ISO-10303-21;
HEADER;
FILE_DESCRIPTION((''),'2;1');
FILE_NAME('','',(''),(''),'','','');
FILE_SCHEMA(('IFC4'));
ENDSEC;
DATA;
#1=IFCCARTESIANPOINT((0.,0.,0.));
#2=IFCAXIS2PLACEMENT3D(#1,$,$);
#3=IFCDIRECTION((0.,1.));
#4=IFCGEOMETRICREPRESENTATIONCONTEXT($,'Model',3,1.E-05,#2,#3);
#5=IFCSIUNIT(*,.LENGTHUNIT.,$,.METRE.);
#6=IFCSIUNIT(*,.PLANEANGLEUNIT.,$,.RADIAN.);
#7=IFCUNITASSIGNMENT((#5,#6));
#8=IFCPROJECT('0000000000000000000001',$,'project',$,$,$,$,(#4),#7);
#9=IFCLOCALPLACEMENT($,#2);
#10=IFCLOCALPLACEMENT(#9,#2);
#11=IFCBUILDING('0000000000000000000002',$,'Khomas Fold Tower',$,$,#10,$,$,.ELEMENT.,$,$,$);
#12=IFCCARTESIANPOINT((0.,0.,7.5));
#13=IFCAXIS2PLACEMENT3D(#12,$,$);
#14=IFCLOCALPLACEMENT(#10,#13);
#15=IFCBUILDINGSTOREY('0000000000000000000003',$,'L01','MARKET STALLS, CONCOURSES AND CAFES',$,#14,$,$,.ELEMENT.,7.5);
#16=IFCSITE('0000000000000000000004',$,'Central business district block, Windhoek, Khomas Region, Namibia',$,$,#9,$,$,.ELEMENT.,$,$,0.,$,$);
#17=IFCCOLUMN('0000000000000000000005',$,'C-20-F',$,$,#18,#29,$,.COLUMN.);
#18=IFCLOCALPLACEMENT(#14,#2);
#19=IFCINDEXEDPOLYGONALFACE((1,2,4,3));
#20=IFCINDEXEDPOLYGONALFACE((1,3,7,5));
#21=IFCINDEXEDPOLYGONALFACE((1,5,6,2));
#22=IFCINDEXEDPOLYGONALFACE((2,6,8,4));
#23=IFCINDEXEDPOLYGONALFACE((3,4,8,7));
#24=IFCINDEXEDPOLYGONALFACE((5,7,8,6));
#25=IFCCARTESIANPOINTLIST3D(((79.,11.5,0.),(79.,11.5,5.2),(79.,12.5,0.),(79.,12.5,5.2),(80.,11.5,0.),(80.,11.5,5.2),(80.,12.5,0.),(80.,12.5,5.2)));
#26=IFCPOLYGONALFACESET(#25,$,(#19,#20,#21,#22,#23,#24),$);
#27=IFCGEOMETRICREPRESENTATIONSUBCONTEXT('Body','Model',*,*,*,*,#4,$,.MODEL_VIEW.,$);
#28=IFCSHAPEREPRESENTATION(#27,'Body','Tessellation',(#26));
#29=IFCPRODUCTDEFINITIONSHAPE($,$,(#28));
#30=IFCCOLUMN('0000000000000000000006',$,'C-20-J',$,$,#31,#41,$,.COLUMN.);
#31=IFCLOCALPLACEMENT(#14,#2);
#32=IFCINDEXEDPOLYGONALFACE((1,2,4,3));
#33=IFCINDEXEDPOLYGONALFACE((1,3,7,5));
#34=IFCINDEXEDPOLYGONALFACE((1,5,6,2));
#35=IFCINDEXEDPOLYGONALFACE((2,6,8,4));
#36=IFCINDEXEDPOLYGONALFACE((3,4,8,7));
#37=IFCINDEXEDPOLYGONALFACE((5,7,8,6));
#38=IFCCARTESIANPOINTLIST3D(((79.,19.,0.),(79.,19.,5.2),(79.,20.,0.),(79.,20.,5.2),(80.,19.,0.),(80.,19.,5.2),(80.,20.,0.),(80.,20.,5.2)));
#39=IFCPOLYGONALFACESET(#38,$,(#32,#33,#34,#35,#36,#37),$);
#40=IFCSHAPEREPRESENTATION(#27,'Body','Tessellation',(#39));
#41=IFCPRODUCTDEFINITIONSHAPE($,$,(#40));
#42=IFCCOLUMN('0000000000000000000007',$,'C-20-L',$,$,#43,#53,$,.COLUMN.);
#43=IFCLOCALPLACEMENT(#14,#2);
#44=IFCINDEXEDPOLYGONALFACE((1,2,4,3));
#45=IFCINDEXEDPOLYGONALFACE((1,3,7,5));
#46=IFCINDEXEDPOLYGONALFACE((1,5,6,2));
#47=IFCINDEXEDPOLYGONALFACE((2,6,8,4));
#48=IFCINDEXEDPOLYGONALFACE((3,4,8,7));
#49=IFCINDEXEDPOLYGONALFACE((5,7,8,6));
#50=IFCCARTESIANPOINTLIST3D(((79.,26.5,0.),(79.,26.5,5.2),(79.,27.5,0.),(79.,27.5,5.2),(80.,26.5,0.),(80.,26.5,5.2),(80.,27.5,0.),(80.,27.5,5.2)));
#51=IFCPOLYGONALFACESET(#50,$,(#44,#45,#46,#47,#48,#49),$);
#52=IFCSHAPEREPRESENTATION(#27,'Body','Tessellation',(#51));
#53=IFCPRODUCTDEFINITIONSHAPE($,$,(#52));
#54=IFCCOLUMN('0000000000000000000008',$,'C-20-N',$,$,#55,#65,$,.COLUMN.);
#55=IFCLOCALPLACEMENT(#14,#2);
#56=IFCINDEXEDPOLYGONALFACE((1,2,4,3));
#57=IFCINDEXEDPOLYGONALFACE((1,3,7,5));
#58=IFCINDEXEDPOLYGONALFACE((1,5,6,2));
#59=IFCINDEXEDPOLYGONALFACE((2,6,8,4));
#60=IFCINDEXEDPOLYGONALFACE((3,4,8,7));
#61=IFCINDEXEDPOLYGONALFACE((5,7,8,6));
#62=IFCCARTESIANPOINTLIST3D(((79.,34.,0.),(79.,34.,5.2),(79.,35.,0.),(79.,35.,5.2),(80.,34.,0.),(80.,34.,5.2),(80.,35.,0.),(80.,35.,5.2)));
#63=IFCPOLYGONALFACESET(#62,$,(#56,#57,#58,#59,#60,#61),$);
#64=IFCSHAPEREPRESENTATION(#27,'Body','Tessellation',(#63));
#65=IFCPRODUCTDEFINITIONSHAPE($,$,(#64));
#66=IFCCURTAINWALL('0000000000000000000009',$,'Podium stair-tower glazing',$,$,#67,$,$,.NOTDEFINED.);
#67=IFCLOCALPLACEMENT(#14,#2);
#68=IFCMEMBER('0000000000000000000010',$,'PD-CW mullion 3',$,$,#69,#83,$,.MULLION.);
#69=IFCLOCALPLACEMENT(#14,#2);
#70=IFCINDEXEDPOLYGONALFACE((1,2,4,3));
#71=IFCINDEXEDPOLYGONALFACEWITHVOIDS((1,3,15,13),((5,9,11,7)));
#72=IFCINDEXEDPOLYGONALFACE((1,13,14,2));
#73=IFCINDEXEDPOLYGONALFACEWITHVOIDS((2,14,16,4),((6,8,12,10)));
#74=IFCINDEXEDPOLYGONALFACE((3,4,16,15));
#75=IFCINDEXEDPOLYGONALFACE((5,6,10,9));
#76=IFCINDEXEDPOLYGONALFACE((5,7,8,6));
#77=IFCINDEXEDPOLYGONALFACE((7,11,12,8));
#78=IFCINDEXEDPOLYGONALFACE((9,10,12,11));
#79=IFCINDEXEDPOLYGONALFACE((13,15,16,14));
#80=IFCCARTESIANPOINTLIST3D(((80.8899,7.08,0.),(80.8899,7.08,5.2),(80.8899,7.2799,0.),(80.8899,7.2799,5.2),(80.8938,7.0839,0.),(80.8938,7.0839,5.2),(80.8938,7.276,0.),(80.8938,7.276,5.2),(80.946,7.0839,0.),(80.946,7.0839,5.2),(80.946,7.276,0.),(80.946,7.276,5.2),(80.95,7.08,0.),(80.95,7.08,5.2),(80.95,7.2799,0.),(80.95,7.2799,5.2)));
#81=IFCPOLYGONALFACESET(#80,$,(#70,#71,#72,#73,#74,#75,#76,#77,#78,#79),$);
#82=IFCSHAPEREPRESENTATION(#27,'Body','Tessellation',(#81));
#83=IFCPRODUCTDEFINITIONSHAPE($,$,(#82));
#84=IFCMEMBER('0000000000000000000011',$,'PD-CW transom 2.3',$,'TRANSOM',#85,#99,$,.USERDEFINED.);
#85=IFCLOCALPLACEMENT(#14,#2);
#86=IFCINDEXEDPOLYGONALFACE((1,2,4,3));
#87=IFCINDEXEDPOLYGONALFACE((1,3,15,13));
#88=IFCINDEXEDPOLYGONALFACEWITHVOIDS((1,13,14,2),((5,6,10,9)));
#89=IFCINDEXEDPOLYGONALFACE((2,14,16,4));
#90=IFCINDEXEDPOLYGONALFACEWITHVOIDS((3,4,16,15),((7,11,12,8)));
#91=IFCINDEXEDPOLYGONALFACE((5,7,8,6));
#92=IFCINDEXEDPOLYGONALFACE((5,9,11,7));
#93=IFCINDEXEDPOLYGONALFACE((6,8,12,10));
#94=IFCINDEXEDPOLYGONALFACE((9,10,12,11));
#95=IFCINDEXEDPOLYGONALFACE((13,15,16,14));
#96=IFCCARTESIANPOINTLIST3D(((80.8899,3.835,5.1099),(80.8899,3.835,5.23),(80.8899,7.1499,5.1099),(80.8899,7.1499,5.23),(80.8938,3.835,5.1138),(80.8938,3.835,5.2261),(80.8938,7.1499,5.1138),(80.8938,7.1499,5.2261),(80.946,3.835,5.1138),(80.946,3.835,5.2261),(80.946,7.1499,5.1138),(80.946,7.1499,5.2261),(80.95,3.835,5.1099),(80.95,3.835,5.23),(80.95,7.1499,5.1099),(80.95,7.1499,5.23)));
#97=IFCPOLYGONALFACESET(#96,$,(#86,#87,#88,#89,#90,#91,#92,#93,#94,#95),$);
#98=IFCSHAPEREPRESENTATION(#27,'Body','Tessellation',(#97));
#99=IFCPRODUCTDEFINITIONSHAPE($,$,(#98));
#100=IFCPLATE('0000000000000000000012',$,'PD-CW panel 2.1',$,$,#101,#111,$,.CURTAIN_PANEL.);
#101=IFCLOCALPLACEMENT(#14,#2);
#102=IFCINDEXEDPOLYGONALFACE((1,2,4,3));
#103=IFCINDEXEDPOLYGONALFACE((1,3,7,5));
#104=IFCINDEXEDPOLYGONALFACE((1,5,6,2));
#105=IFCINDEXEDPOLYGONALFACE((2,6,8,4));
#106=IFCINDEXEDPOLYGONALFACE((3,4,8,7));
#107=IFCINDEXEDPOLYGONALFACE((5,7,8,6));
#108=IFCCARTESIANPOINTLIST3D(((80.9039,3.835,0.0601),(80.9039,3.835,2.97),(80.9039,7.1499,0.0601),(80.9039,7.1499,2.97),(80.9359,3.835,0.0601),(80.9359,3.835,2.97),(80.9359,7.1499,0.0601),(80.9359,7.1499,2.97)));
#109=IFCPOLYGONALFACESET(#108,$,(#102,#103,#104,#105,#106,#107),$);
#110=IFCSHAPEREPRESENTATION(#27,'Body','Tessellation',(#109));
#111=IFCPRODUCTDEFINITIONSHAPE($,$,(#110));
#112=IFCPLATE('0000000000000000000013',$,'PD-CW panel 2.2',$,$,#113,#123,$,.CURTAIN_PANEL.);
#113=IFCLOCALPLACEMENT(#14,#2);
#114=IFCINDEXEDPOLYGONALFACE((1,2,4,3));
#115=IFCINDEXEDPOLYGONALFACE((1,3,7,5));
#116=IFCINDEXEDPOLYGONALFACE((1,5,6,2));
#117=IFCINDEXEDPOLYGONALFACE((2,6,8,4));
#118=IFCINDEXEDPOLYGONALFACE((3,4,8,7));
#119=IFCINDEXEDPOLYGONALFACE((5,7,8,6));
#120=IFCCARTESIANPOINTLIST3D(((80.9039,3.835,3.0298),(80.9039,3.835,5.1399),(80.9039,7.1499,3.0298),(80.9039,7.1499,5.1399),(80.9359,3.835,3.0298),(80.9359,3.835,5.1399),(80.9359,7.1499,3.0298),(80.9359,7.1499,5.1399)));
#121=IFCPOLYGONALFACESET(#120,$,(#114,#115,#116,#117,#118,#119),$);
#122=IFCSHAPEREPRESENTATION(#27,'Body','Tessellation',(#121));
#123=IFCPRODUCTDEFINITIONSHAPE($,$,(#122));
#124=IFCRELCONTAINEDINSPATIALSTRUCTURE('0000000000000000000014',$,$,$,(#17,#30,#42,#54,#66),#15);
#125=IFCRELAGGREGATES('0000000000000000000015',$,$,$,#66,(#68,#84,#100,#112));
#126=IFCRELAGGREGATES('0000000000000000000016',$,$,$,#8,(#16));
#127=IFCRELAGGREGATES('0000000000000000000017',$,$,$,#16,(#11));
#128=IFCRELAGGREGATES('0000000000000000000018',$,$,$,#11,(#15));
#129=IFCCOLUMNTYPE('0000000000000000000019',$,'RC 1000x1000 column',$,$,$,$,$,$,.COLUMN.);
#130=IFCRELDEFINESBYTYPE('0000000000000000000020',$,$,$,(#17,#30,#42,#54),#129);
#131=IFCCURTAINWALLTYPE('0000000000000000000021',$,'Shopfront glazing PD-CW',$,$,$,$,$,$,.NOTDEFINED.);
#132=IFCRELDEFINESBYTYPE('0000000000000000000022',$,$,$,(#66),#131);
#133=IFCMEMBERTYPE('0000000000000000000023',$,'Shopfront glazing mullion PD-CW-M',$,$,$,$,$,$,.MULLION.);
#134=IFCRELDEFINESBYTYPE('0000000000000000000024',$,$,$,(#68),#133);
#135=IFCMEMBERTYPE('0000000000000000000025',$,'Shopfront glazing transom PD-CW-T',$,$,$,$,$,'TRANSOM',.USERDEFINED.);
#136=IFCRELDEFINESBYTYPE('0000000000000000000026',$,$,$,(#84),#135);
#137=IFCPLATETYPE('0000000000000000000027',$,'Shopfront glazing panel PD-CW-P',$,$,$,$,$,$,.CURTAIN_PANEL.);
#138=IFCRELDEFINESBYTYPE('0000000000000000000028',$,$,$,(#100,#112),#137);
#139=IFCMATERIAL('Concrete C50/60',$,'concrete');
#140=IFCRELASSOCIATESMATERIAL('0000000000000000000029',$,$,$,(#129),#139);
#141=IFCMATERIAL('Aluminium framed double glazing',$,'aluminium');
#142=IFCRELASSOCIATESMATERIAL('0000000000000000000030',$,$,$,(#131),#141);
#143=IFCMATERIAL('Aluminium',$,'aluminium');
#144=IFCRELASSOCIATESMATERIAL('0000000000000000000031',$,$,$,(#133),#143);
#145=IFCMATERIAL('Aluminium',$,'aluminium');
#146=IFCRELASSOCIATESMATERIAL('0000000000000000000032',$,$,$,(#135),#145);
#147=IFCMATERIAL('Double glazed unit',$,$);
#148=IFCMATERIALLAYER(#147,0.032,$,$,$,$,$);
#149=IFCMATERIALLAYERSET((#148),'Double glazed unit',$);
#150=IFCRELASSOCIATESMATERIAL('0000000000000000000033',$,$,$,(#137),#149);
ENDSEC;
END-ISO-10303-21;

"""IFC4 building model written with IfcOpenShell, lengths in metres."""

from ifc_helpers import new_model, si_unit, direction, frame, origin, origin_2d, place, context, subcontext, project, spatial, rectangle, hollow_rectangle, extrude, source, transform, mapped, material, layer, layer_set, material_profile, profile_set, type_object, element, aggregate, save


model = new_model("IFC4")

# Units and contexts
model_context = context("Model", 3, precision=1e-05, world=origin(), true_north=direction((0.0, 1.0)))
body_context = subcontext(model_context, "Body", "Model", "MODEL_VIEW")
ifc_project = project(units=[si_unit("LENGTHUNIT", "METRE"), si_unit("PLANEANGLEUNIT", "RADIAN")], contexts=[model_context])

# Site, building, storey
site_placement = place(None, origin())
site = spatial("IfcSite", under=ifc_project, at=site_placement, Name="Central business district block, Windhoek, Khomas Region, Namibia", CompositionType="ELEMENT", RefElevation=0.0)
building_placement = place(site_placement, origin())
building = spatial("IfcBuilding", under=site, at=building_placement, Name="Khomas Fold Tower", CompositionType="ELEMENT")
storey_placement = place(building_placement, frame((0.0, 0.0, 7.5)))
storey = spatial("IfcBuildingStorey", under=building, at=storey_placement, Name="L01", Description="MARKET STALLS, CONCOURSES AND CAFES", CompositionType="ELEMENT", Elevation=7.5)

# Columns
ifc_material_1 = material(Name="Concrete C50/60", Category="concrete")
ifc_material_profile_1 = material_profile(ifc_material_1, rectangle(XDim=1.0, YDim=1.0, at=origin_2d()), Name="RC 1000x1000")
ifc_profile_set_1 = profile_set([ifc_material_profile_1], Name="Concrete C50/60")
column_type = type_object("IfcColumnType", Name="RC 1000x1000 column", PredefinedType="COLUMN", material=ifc_profile_set_1)
shared_shape_1 = source(origin(), body_context, "Body", "SweptSolid", [
    extrude(rectangle(XDim=1.0, YDim=1.0, at=origin_2d()), origin(), (0.0, 0.0, 1.0), 5.2),
])
for number, where, z_axis, x_axis, name in (
    (1, (79.5, 12.0, 0.0), (0.0, 0.0, 1.0), (1.0, 0.0, 0.0), "C-20-F"),
    (2, (79.5, 19.5, 0.0), (0.0, 0.0, 1.0), (1.0, 0.0, 0.0), "C-20-J"),
    (3, (79.5, 27.0, 0.0), (0.0, 0.0, 1.0), (1.0, 0.0, 0.0), "C-20-L"),
    (4, (79.5, 34.5, 0.0), (0.0, 0.0, 1.0), (1.0, 0.0, 0.0), "C-20-N"),
):
    element("IfcColumn", number, at=place(storey_placement, frame(where, z_axis=z_axis, x_axis=x_axis)), inside=storey, type_object=column_type, Name=name, PredefinedType="COLUMN", context=body_context, shape_type="MappedRepresentation", body=[
        mapped(shared_shape_1, transform((0.0, 0.0, 0.0))),
    ])

# Curtain wall, members, plates
ifc_material_2 = material(Name="Aluminium framed double glazing", Category="aluminium")
curtain_wall_type = type_object("IfcCurtainWallType", Name="Shopfront glazing PD-CW", PredefinedType="NOTDEFINED", material=ifc_material_2)
curtain_wall_placement = place(storey_placement, origin())
curtain_wall = element("IfcCurtainWall", 5, at=curtain_wall_placement, inside=storey, type_object=curtain_wall_type, Name="Podium stair-tower glazing", PredefinedType="NOTDEFINED")
ifc_material_3 = material(Name="Aluminium", Category="aluminium")
ifc_material_profile_2 = material_profile(ifc_material_3, hollow_rectangle(XDim=0.0601, YDim=0.2, WallThickness=0.0039, at=origin_2d()), Name="Shopfront glazing mullion PD-CW-M")
ifc_profile_set_2 = profile_set([ifc_material_profile_2], Name="Aluminium")
member_type_1 = type_object("IfcMemberType", Name="Shopfront glazing mullion PD-CW-M", PredefinedType="MULLION", material=ifc_profile_set_2)
shared_shape_2 = source(origin(), body_context, "Body", "SweptSolid", [
    extrude(hollow_rectangle(XDim=0.0601, YDim=0.2, WallThickness=0.0039, at=origin_2d()), origin(), (0.0, 0.0, 1.0), 5.2),
])
member_1_placement = place(storey_placement, frame((80.9199, 7.1799, 0.0), z_axis=(0.0, 0.0, 1.0), x_axis=(-1.0, 0.0, 0.0)))
member_1 = element("IfcMember", 6, at=member_1_placement, type_object=member_type_1, Name="PD-CW mullion 3", PredefinedType="MULLION", context=body_context, shape_type="MappedRepresentation", body=[
    mapped(shared_shape_2, transform((0.0, 0.0, 0.0))),
])
ifc_material_4 = material(Name="Aluminium", Category="aluminium")
ifc_material_profile_3 = material_profile(ifc_material_4, hollow_rectangle(XDim=0.0601, YDim=0.1201, WallThickness=0.0039, at=origin_2d()), Name="Shopfront glazing transom PD-CW-T")
ifc_profile_set_3 = profile_set([ifc_material_profile_3], Name="Aluminium")
member_type_2 = type_object("IfcMemberType", Name="Shopfront glazing transom PD-CW-T", ElementType="TRANSOM", PredefinedType="USERDEFINED", material=ifc_profile_set_3)
shared_shape_3 = source(origin(), body_context, "Body", "SweptSolid", [
    extrude(hollow_rectangle(XDim=0.0601, YDim=0.1201, WallThickness=0.0039, at=origin_2d()), origin(), (0.0, 0.0, 1.0), 3.3149),
])
member_2_placement = place(storey_placement, frame((80.9199, 3.835, 5.1699), z_axis=(0.0, 1.0, 0.0), x_axis=(-1.0, 0.0, 0.0)))
member_2 = element("IfcMember", 7, at=member_2_placement, type_object=member_type_2, Name="PD-CW transom 2.3", ObjectType="TRANSOM", PredefinedType="USERDEFINED", context=body_context, shape_type="MappedRepresentation", body=[
    mapped(shared_shape_3, transform((0.0, 0.0, 0.0))),
])
ifc_material_5 = material(Name="Double glazed unit")
ifc_layer_1 = layer(ifc_material_5, 0.032)
ifc_layer_set_1 = layer_set([ifc_layer_1], Name="Double glazed unit")
plate_type = type_object("IfcPlateType", Name="Shopfront glazing panel PD-CW-P", PredefinedType="CURTAIN_PANEL", material=ifc_layer_set_1)
shared_shape_4 = source(origin(), body_context, "Body", "SweptSolid", [
    extrude(rectangle(XDim=3.3149, YDim=0.032, at=origin_2d()), origin(), (0.0, 0.0, 1.0), 2.9099),
])
plate_1_placement = place(storey_placement, frame((80.9199, 5.4924, 0.0601), z_axis=(0.0, 0.0, 1.0), x_axis=(0.0, 1.0, 0.0)))
plate_1 = element("IfcPlate", 8, at=plate_1_placement, type_object=plate_type, Name="PD-CW panel 2.1", PredefinedType="CURTAIN_PANEL", context=body_context, shape_type="MappedRepresentation", body=[
    mapped(shared_shape_4, transform((0.0, 0.0, 0.0))),
])
shared_shape_5 = source(origin(), body_context, "Body", "SweptSolid", [
    extrude(rectangle(XDim=3.3149, YDim=0.032, at=origin_2d()), origin(), (0.0, 0.0, 1.0), 2.1101),
])
plate_2_placement = place(storey_placement, frame((80.9199, 5.4924, 3.0298), z_axis=(0.0, 0.0, 1.0), x_axis=(0.0, 1.0, 0.0)))
plate_2 = element("IfcPlate", 9, at=plate_2_placement, type_object=plate_type, Name="PD-CW panel 2.2", PredefinedType="CURTAIN_PANEL", context=body_context, shape_type="MappedRepresentation", body=[
    mapped(shared_shape_5, transform((0.0, 0.0, 0.0))),
])
aggregate(curtain_wall, [member_1, member_2, plate_1, plate_2])

save(model, "model.ifc")
